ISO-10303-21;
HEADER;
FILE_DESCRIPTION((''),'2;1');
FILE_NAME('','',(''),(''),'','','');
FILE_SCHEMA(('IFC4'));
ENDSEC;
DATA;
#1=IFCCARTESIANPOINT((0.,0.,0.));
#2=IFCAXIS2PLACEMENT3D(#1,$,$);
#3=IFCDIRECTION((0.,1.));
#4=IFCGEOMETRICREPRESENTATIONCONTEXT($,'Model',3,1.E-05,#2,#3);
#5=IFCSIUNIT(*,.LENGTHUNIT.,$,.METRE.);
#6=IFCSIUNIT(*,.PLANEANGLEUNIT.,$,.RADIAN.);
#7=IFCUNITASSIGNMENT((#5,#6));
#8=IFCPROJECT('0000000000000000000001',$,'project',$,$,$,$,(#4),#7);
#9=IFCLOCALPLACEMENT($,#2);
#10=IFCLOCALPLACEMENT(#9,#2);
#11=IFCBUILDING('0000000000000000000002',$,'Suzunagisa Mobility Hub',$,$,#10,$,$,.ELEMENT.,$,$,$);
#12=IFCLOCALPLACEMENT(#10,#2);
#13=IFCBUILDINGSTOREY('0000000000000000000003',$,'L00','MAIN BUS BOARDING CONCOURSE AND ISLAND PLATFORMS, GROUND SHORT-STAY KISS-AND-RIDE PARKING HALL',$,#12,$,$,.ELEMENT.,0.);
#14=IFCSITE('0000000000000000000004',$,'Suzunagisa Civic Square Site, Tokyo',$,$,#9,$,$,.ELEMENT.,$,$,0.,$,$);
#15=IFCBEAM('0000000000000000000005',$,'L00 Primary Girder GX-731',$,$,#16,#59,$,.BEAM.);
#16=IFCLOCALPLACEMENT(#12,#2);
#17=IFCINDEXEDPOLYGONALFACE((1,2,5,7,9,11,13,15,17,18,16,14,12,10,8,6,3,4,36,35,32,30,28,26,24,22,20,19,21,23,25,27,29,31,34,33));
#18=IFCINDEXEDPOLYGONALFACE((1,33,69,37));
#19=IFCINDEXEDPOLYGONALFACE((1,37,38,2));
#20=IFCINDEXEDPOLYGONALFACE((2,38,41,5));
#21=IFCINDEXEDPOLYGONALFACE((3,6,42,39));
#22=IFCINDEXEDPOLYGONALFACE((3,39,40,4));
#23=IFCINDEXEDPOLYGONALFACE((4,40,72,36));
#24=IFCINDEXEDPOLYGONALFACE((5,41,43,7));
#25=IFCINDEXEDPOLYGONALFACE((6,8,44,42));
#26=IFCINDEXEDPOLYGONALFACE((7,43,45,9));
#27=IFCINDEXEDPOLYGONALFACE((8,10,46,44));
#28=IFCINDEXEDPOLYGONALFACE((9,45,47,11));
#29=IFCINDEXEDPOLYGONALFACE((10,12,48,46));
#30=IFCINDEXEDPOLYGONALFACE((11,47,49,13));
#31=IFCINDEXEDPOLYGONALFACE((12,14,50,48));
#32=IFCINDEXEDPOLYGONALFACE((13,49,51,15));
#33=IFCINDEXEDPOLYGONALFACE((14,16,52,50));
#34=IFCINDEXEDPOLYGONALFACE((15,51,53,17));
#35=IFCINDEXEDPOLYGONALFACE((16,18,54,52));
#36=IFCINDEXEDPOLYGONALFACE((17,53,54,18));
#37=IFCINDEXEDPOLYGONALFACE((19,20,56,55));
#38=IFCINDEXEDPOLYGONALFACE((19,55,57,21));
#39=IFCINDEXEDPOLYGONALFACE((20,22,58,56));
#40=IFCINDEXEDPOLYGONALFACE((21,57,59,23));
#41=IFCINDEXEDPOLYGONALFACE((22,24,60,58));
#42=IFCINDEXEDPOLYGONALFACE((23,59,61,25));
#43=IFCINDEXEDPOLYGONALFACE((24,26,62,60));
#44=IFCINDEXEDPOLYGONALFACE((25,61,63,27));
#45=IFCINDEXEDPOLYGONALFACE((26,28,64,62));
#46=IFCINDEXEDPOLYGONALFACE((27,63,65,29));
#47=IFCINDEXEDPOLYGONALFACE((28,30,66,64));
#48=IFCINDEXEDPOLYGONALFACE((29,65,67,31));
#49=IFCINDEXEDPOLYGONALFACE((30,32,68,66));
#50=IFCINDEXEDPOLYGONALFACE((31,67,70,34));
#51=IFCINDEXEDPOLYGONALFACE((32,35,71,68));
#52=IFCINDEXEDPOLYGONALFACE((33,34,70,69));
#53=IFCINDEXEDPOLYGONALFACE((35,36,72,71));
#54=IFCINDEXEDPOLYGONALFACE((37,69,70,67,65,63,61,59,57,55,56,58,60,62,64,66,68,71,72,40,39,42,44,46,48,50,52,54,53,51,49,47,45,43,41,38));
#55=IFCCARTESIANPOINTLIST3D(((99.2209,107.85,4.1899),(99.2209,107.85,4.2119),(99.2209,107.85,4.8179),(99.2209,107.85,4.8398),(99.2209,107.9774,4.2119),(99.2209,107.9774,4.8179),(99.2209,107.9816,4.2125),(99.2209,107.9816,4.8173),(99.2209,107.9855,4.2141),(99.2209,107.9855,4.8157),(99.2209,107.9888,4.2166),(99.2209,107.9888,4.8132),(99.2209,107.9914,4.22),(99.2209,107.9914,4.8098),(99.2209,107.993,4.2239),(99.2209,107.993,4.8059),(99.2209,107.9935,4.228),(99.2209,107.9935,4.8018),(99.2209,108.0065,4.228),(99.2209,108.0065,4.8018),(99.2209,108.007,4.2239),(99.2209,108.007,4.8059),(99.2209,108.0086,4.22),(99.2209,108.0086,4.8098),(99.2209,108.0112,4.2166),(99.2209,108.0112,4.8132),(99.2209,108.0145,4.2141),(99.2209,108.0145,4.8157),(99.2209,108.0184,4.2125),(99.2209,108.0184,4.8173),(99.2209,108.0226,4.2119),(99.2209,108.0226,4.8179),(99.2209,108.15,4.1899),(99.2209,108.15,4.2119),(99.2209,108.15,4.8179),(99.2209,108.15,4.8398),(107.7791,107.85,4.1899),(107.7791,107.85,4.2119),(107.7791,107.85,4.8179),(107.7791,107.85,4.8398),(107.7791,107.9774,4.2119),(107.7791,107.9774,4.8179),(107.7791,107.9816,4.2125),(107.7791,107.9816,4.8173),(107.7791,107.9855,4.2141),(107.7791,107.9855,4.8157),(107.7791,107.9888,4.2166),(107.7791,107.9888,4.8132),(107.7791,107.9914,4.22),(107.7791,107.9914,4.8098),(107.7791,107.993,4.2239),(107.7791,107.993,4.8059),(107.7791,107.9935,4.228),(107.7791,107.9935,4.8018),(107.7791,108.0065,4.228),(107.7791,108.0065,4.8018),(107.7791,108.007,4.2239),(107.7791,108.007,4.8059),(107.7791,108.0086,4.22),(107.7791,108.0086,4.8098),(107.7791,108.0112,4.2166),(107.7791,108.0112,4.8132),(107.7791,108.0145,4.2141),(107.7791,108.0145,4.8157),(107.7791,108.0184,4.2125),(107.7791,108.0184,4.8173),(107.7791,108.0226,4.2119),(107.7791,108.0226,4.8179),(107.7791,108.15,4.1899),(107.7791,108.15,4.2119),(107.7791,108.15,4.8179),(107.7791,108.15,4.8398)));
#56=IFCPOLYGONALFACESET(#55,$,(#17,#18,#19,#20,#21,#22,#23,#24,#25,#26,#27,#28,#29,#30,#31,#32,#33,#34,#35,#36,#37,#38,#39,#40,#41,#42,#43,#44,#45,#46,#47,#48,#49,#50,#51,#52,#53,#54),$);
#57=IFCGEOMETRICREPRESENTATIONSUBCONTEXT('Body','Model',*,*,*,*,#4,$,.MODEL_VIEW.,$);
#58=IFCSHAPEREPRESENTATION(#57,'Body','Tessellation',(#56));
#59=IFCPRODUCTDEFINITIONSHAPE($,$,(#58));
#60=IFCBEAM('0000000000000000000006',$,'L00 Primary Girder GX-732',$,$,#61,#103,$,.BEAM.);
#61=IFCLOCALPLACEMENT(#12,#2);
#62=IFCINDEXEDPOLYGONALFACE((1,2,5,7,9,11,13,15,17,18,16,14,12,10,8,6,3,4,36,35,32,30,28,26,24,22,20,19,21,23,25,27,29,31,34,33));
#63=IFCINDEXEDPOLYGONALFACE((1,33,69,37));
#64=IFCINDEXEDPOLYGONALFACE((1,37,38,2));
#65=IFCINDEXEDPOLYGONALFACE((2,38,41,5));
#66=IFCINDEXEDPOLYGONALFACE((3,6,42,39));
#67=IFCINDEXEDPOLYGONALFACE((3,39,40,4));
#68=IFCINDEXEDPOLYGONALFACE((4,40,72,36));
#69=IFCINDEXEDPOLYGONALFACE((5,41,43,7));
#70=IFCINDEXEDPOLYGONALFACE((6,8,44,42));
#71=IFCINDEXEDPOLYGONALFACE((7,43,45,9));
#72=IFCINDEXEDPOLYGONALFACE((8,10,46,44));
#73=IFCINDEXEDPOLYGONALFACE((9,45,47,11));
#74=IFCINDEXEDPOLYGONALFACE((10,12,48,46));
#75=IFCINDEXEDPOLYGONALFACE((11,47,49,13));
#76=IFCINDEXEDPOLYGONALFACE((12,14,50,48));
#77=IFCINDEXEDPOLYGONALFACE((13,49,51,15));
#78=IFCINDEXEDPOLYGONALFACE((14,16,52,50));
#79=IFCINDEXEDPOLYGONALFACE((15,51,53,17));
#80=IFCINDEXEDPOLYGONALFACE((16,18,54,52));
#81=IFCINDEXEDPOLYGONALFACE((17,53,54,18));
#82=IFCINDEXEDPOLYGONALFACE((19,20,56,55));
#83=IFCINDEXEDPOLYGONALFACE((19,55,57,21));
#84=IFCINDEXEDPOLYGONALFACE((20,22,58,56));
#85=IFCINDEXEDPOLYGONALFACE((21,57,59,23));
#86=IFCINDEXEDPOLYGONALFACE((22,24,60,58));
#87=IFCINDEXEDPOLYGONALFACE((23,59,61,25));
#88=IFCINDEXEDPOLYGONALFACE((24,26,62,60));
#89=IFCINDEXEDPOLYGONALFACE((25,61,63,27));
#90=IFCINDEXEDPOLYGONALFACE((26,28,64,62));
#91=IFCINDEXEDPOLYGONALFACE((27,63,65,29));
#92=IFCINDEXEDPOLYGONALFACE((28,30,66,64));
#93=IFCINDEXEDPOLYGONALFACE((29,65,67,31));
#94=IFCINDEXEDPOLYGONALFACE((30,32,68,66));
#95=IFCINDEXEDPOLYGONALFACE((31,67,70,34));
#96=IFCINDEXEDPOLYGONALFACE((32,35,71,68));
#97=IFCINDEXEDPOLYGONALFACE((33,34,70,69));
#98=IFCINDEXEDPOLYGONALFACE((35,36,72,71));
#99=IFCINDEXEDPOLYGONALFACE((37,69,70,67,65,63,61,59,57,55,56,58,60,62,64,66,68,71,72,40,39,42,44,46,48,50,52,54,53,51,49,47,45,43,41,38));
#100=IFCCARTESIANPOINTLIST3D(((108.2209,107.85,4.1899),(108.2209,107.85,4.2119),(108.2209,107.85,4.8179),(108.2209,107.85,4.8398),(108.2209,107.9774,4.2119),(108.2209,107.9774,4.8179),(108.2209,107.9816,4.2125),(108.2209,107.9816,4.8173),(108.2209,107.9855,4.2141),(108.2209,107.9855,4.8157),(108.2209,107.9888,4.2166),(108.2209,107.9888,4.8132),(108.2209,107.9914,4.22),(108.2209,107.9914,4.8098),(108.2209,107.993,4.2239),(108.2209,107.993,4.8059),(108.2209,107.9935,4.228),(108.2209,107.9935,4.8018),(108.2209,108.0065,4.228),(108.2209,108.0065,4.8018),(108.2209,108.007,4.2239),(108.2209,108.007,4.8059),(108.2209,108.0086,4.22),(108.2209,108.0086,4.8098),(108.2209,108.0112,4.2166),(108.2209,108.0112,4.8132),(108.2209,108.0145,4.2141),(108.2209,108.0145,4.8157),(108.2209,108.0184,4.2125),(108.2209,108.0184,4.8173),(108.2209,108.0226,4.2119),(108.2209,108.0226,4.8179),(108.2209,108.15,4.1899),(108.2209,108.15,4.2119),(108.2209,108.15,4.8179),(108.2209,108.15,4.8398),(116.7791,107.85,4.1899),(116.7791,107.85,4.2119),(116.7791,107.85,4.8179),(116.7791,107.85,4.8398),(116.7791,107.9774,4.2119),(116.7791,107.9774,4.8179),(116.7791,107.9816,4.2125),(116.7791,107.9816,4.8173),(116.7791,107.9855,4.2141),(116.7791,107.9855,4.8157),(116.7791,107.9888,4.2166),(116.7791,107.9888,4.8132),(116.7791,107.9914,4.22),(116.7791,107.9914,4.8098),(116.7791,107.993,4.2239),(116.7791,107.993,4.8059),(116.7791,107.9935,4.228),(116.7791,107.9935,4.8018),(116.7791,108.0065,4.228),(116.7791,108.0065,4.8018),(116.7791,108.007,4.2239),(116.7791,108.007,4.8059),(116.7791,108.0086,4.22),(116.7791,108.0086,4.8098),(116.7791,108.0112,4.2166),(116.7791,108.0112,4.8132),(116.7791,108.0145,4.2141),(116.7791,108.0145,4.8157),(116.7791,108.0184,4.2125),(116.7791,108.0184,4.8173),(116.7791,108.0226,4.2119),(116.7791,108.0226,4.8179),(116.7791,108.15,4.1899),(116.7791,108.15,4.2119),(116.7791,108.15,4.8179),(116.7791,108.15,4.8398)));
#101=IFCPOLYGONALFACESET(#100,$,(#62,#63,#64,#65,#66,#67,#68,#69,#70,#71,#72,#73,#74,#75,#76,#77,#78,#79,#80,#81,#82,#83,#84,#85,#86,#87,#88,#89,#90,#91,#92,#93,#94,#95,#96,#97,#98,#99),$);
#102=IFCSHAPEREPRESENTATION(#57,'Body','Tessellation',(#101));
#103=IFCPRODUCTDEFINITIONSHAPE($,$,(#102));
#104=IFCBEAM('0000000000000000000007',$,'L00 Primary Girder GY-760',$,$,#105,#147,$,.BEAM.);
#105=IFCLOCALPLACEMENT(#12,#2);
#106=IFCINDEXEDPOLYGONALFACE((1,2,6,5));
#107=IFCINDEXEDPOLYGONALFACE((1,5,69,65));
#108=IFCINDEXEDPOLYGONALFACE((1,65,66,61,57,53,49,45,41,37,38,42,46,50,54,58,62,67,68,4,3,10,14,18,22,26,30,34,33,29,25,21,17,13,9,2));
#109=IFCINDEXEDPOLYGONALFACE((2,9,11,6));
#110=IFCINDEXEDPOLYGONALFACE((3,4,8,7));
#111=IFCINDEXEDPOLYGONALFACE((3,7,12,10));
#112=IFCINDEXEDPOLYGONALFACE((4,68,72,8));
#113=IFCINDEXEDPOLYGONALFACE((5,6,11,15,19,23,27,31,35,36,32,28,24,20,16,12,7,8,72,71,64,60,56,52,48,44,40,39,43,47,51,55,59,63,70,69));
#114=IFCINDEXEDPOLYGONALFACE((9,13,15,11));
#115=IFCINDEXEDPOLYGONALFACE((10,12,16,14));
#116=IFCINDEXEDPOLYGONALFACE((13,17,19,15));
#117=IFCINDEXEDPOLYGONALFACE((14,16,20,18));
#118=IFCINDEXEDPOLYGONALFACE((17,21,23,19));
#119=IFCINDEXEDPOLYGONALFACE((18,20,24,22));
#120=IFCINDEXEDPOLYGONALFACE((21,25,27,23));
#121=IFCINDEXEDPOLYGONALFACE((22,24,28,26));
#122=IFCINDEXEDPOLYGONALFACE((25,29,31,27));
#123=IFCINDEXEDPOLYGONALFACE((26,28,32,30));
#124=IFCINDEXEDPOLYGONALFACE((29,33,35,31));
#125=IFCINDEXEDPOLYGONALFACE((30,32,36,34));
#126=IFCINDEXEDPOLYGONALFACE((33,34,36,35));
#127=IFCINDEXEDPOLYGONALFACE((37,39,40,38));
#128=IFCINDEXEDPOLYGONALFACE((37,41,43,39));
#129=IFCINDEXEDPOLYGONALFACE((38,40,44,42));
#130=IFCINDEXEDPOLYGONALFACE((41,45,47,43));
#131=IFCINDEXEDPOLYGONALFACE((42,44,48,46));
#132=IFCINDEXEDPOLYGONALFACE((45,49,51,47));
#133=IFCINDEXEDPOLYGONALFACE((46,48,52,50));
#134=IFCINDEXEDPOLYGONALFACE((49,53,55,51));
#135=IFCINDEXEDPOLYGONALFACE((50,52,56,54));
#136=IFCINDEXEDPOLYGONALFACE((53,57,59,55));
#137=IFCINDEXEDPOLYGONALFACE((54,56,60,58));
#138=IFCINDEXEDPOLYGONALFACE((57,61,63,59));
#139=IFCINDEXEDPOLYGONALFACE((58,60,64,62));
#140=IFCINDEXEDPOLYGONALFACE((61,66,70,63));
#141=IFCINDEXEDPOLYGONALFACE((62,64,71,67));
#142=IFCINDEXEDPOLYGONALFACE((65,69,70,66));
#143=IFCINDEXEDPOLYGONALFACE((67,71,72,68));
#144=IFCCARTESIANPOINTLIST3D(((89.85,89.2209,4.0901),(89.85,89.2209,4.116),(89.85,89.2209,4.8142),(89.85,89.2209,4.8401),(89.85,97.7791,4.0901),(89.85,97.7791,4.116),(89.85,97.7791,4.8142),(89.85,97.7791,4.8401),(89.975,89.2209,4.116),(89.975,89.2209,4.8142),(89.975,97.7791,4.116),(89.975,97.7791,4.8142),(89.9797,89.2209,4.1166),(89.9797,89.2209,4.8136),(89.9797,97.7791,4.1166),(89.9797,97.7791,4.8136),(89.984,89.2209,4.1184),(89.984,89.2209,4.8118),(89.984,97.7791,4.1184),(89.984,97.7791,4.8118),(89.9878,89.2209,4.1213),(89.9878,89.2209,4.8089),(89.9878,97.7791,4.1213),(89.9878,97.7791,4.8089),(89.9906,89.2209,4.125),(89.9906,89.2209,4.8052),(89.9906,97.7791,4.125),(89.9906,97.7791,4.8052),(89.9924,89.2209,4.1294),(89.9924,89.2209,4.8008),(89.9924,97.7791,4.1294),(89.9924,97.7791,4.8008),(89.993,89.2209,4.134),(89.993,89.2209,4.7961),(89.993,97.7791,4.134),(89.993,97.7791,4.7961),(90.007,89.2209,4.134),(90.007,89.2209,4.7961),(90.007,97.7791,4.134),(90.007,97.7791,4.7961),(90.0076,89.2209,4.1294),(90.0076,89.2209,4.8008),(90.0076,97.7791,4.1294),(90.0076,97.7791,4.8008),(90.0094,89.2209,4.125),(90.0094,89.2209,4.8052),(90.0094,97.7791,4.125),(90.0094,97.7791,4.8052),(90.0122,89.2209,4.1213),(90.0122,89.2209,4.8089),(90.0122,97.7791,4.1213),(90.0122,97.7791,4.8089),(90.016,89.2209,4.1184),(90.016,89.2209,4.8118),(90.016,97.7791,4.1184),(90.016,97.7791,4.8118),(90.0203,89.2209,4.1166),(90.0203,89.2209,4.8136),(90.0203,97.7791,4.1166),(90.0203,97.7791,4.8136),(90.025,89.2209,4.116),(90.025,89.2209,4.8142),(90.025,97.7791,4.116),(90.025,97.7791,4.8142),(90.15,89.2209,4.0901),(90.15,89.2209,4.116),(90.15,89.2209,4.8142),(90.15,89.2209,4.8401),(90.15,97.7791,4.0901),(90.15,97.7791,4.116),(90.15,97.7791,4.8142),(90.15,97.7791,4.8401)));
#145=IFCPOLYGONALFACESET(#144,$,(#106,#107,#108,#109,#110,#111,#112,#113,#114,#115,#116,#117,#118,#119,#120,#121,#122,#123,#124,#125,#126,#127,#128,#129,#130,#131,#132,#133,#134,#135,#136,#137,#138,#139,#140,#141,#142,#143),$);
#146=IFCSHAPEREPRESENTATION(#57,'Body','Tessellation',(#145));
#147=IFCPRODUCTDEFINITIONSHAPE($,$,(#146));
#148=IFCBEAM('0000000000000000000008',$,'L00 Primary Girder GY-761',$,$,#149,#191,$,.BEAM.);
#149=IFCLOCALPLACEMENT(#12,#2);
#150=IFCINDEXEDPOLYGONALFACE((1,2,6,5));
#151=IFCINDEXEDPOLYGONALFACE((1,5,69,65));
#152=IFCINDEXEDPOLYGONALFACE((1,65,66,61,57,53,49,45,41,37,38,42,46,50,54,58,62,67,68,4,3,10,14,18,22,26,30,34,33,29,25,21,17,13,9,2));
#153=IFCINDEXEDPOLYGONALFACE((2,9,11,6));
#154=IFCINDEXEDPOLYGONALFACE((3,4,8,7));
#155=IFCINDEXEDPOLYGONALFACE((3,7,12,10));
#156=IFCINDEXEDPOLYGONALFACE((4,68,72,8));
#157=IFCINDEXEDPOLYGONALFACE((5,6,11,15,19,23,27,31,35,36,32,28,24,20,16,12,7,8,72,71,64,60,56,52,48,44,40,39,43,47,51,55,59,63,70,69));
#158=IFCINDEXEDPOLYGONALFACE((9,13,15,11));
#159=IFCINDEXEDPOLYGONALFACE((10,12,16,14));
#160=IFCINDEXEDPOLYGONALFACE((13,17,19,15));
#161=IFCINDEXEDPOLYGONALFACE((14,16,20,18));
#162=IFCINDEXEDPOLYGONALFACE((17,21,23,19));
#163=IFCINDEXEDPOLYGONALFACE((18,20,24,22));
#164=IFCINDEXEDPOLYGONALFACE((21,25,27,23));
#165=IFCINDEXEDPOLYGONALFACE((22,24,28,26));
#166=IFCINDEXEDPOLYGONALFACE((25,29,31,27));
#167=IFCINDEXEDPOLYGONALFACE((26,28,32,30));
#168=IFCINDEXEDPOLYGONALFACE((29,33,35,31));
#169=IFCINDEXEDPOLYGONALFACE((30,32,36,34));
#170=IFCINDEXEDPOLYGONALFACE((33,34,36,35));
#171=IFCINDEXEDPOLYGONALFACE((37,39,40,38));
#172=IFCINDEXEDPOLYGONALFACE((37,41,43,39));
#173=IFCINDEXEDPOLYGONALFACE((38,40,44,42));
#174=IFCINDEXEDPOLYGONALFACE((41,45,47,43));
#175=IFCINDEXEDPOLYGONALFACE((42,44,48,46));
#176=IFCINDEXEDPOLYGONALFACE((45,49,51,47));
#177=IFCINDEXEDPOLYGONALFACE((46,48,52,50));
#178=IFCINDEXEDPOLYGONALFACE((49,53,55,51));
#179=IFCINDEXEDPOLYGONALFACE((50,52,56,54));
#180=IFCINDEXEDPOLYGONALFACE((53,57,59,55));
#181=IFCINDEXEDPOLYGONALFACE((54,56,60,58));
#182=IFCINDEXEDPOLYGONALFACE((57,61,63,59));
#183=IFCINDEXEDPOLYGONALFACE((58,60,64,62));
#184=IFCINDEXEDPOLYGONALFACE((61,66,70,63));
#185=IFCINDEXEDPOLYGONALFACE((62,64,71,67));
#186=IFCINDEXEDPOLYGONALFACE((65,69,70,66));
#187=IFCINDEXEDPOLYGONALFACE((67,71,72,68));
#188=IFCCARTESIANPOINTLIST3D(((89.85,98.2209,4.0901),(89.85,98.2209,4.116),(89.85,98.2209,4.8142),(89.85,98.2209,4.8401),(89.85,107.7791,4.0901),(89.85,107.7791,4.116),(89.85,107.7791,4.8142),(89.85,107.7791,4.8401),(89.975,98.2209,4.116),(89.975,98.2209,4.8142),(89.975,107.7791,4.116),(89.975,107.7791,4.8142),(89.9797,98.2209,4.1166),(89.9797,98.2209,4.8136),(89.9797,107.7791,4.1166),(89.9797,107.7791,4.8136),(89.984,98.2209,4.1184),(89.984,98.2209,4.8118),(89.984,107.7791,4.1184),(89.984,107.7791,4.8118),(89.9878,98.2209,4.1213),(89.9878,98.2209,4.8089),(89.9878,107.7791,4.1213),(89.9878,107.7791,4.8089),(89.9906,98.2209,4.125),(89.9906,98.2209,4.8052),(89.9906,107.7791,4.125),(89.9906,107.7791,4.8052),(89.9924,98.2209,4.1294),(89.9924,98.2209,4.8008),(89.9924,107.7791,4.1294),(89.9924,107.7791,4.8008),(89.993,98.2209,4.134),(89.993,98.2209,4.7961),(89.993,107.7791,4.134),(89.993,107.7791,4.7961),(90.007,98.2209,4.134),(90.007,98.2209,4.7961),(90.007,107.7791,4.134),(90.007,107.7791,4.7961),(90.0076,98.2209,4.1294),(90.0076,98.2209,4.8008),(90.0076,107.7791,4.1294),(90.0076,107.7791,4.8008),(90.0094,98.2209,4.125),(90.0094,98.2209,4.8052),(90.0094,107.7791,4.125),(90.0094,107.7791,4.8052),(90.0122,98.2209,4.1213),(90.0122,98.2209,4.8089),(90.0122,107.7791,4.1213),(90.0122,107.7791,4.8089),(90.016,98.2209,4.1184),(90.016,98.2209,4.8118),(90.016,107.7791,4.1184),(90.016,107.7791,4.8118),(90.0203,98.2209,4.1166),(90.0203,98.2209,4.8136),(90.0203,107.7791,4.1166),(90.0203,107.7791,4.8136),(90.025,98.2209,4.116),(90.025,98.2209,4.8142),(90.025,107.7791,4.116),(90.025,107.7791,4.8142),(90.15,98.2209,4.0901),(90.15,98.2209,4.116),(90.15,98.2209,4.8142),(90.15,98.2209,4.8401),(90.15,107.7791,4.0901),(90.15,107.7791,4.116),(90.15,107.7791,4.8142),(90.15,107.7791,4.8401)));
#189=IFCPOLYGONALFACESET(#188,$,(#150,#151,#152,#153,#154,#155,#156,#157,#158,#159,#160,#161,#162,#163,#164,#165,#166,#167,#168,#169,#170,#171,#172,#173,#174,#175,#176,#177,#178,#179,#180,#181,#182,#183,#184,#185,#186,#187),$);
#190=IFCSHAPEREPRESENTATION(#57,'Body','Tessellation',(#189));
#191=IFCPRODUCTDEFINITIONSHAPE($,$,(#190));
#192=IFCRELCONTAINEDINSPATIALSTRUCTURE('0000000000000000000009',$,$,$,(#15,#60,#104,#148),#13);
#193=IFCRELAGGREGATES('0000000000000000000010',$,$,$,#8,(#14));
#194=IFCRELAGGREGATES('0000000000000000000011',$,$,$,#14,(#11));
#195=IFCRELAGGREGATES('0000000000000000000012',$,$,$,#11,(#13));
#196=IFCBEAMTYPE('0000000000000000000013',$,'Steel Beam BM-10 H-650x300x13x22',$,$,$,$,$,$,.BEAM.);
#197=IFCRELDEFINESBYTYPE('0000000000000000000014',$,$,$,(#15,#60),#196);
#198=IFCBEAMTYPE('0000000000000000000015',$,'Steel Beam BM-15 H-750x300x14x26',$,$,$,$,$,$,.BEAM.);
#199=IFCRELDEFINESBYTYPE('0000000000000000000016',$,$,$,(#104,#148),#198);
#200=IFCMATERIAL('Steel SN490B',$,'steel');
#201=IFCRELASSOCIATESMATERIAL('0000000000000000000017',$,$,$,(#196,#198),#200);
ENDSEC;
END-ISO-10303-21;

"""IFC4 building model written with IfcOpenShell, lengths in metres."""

from ifc_helpers import new_model, si_unit, direction, frame, origin, origin_2d, place, context, subcontext, project, spatial, i_section, extrude, material, material_profile, profile_set, type_object, element, save


model = new_model("IFC4")

# Units and contexts
model_context = context("Model", 3, precision=1e-05, world=origin(), true_north=direction((0.0, 1.0)))
body_context = subcontext(model_context, "Body", "Model", "MODEL_VIEW")
ifc_project = project(units=[si_unit("LENGTHUNIT", "METRE"), si_unit("PLANEANGLEUNIT", "RADIAN")], contexts=[model_context])

# Site, building, storey
site_placement = place(None, origin())
site = spatial("IfcSite", under=ifc_project, at=site_placement, Name="Suzunagisa Civic Square Site, Tokyo", CompositionType="ELEMENT", RefElevation=0.0)
building_placement = place(site_placement, origin())
building = spatial("IfcBuilding", under=site, at=building_placement, Name="Suzunagisa Mobility Hub", CompositionType="ELEMENT")
storey_placement = place(building_placement, origin())
storey = spatial("IfcBuildingStorey", under=building, at=storey_placement, Name="L00", Description="MAIN BUS BOARDING CONCOURSE AND ISLAND PLATFORMS, GROUND SHORT-STAY KISS-AND-RIDE PARKING HALL", CompositionType="ELEMENT", Elevation=0.0)

# Shared definitions
ifc_material_1 = material(Name="Steel SN490B", Category="steel")

# Beams
ifc_material_profile_1 = material_profile(ifc_material_1, i_section(OverallWidth=0.3, OverallDepth=0.6499, WebThickness=0.0129, FlangeThickness=0.022, FilletRadius=0.0161, at=origin_2d()), Name="H-650x300x13x22")
ifc_profile_set_1 = profile_set([ifc_material_profile_1], Name="Steel SN490B")
beam_type_1 = type_object("IfcBeamType", Name="Steel Beam BM-10 H-650x300x13x22", PredefinedType="BEAM", material=ifc_profile_set_1)
for number, where, z_axis, x_axis, name in (
    (1, (99.2209, 108.0, 4.5149), (1.0, 0.0, 0.0), (0.0, 1.0, 0.0), "L00 Primary Girder GX-731"),
    (2, (108.2209, 108.0, 4.5149), (1.0, 0.0, 0.0), (0.0, 1.0, 0.0), "L00 Primary Girder GX-732"),
):
    element("IfcBeam", number, at=place(storey_placement, frame(where, z_axis=z_axis, x_axis=x_axis)), inside=storey, type_object=beam_type_1, Name=name, PredefinedType="BEAM", context=body_context, shape_type="SweptSolid", body=[
        extrude(i_section(OverallWidth=0.3, OverallDepth=0.6499, WebThickness=0.0129, FlangeThickness=0.022, FilletRadius=0.0161, at=origin_2d()), origin(), (0.0, 0.0, 1.0), 8.5581),
    ])
ifc_material_profile_2 = material_profile(ifc_material_1, i_section(OverallWidth=0.3, OverallDepth=0.75, WebThickness=0.0139, FlangeThickness=0.0259, FilletRadius=0.0181, at=origin_2d()), Name="H-750x300x14x26")
ifc_profile_set_2 = profile_set([ifc_material_profile_2], Name="Steel SN490B")
beam_type_2 = type_object("IfcBeamType", Name="Steel Beam BM-15 H-750x300x14x26", PredefinedType="BEAM", material=ifc_profile_set_2)
beam_1_placement = place(storey_placement, frame((90.0, 89.2209, 4.4651), z_axis=(0.0, 1.0, 0.0), x_axis=(-1.0, 0.0, 0.0)))
element("IfcBeam", 3, at=beam_1_placement, inside=storey, type_object=beam_type_2, Name="L00 Primary Girder GY-760", PredefinedType="BEAM", context=body_context, shape_type="SweptSolid", body=[
    extrude(i_section(OverallWidth=0.3, OverallDepth=0.75, WebThickness=0.0139, FlangeThickness=0.0259, FilletRadius=0.0181, at=origin_2d()), origin(), (0.0, 0.0, 1.0), 8.5581),
])
for number, where, z_axis, x_axis, name in (
    (4, (90.0, 98.2209, 4.4651), (0.0, 1.0, 0.0), (-1.0, 0.0, 0.0), "L00 Primary Girder GY-761"),
):
    element("IfcBeam", number, at=place(storey_placement, frame(where, z_axis=z_axis, x_axis=x_axis)), inside=storey, type_object=beam_type_2, Name=name, PredefinedType="BEAM", context=body_context, shape_type="SweptSolid", body=[
        extrude(i_section(OverallWidth=0.3, OverallDepth=0.75, WebThickness=0.0139, FlangeThickness=0.0259, FilletRadius=0.0181, at=origin_2d()), origin(), (0.0, 0.0, 1.0), 9.5581),
    ])

save(model, "model.ifc")
